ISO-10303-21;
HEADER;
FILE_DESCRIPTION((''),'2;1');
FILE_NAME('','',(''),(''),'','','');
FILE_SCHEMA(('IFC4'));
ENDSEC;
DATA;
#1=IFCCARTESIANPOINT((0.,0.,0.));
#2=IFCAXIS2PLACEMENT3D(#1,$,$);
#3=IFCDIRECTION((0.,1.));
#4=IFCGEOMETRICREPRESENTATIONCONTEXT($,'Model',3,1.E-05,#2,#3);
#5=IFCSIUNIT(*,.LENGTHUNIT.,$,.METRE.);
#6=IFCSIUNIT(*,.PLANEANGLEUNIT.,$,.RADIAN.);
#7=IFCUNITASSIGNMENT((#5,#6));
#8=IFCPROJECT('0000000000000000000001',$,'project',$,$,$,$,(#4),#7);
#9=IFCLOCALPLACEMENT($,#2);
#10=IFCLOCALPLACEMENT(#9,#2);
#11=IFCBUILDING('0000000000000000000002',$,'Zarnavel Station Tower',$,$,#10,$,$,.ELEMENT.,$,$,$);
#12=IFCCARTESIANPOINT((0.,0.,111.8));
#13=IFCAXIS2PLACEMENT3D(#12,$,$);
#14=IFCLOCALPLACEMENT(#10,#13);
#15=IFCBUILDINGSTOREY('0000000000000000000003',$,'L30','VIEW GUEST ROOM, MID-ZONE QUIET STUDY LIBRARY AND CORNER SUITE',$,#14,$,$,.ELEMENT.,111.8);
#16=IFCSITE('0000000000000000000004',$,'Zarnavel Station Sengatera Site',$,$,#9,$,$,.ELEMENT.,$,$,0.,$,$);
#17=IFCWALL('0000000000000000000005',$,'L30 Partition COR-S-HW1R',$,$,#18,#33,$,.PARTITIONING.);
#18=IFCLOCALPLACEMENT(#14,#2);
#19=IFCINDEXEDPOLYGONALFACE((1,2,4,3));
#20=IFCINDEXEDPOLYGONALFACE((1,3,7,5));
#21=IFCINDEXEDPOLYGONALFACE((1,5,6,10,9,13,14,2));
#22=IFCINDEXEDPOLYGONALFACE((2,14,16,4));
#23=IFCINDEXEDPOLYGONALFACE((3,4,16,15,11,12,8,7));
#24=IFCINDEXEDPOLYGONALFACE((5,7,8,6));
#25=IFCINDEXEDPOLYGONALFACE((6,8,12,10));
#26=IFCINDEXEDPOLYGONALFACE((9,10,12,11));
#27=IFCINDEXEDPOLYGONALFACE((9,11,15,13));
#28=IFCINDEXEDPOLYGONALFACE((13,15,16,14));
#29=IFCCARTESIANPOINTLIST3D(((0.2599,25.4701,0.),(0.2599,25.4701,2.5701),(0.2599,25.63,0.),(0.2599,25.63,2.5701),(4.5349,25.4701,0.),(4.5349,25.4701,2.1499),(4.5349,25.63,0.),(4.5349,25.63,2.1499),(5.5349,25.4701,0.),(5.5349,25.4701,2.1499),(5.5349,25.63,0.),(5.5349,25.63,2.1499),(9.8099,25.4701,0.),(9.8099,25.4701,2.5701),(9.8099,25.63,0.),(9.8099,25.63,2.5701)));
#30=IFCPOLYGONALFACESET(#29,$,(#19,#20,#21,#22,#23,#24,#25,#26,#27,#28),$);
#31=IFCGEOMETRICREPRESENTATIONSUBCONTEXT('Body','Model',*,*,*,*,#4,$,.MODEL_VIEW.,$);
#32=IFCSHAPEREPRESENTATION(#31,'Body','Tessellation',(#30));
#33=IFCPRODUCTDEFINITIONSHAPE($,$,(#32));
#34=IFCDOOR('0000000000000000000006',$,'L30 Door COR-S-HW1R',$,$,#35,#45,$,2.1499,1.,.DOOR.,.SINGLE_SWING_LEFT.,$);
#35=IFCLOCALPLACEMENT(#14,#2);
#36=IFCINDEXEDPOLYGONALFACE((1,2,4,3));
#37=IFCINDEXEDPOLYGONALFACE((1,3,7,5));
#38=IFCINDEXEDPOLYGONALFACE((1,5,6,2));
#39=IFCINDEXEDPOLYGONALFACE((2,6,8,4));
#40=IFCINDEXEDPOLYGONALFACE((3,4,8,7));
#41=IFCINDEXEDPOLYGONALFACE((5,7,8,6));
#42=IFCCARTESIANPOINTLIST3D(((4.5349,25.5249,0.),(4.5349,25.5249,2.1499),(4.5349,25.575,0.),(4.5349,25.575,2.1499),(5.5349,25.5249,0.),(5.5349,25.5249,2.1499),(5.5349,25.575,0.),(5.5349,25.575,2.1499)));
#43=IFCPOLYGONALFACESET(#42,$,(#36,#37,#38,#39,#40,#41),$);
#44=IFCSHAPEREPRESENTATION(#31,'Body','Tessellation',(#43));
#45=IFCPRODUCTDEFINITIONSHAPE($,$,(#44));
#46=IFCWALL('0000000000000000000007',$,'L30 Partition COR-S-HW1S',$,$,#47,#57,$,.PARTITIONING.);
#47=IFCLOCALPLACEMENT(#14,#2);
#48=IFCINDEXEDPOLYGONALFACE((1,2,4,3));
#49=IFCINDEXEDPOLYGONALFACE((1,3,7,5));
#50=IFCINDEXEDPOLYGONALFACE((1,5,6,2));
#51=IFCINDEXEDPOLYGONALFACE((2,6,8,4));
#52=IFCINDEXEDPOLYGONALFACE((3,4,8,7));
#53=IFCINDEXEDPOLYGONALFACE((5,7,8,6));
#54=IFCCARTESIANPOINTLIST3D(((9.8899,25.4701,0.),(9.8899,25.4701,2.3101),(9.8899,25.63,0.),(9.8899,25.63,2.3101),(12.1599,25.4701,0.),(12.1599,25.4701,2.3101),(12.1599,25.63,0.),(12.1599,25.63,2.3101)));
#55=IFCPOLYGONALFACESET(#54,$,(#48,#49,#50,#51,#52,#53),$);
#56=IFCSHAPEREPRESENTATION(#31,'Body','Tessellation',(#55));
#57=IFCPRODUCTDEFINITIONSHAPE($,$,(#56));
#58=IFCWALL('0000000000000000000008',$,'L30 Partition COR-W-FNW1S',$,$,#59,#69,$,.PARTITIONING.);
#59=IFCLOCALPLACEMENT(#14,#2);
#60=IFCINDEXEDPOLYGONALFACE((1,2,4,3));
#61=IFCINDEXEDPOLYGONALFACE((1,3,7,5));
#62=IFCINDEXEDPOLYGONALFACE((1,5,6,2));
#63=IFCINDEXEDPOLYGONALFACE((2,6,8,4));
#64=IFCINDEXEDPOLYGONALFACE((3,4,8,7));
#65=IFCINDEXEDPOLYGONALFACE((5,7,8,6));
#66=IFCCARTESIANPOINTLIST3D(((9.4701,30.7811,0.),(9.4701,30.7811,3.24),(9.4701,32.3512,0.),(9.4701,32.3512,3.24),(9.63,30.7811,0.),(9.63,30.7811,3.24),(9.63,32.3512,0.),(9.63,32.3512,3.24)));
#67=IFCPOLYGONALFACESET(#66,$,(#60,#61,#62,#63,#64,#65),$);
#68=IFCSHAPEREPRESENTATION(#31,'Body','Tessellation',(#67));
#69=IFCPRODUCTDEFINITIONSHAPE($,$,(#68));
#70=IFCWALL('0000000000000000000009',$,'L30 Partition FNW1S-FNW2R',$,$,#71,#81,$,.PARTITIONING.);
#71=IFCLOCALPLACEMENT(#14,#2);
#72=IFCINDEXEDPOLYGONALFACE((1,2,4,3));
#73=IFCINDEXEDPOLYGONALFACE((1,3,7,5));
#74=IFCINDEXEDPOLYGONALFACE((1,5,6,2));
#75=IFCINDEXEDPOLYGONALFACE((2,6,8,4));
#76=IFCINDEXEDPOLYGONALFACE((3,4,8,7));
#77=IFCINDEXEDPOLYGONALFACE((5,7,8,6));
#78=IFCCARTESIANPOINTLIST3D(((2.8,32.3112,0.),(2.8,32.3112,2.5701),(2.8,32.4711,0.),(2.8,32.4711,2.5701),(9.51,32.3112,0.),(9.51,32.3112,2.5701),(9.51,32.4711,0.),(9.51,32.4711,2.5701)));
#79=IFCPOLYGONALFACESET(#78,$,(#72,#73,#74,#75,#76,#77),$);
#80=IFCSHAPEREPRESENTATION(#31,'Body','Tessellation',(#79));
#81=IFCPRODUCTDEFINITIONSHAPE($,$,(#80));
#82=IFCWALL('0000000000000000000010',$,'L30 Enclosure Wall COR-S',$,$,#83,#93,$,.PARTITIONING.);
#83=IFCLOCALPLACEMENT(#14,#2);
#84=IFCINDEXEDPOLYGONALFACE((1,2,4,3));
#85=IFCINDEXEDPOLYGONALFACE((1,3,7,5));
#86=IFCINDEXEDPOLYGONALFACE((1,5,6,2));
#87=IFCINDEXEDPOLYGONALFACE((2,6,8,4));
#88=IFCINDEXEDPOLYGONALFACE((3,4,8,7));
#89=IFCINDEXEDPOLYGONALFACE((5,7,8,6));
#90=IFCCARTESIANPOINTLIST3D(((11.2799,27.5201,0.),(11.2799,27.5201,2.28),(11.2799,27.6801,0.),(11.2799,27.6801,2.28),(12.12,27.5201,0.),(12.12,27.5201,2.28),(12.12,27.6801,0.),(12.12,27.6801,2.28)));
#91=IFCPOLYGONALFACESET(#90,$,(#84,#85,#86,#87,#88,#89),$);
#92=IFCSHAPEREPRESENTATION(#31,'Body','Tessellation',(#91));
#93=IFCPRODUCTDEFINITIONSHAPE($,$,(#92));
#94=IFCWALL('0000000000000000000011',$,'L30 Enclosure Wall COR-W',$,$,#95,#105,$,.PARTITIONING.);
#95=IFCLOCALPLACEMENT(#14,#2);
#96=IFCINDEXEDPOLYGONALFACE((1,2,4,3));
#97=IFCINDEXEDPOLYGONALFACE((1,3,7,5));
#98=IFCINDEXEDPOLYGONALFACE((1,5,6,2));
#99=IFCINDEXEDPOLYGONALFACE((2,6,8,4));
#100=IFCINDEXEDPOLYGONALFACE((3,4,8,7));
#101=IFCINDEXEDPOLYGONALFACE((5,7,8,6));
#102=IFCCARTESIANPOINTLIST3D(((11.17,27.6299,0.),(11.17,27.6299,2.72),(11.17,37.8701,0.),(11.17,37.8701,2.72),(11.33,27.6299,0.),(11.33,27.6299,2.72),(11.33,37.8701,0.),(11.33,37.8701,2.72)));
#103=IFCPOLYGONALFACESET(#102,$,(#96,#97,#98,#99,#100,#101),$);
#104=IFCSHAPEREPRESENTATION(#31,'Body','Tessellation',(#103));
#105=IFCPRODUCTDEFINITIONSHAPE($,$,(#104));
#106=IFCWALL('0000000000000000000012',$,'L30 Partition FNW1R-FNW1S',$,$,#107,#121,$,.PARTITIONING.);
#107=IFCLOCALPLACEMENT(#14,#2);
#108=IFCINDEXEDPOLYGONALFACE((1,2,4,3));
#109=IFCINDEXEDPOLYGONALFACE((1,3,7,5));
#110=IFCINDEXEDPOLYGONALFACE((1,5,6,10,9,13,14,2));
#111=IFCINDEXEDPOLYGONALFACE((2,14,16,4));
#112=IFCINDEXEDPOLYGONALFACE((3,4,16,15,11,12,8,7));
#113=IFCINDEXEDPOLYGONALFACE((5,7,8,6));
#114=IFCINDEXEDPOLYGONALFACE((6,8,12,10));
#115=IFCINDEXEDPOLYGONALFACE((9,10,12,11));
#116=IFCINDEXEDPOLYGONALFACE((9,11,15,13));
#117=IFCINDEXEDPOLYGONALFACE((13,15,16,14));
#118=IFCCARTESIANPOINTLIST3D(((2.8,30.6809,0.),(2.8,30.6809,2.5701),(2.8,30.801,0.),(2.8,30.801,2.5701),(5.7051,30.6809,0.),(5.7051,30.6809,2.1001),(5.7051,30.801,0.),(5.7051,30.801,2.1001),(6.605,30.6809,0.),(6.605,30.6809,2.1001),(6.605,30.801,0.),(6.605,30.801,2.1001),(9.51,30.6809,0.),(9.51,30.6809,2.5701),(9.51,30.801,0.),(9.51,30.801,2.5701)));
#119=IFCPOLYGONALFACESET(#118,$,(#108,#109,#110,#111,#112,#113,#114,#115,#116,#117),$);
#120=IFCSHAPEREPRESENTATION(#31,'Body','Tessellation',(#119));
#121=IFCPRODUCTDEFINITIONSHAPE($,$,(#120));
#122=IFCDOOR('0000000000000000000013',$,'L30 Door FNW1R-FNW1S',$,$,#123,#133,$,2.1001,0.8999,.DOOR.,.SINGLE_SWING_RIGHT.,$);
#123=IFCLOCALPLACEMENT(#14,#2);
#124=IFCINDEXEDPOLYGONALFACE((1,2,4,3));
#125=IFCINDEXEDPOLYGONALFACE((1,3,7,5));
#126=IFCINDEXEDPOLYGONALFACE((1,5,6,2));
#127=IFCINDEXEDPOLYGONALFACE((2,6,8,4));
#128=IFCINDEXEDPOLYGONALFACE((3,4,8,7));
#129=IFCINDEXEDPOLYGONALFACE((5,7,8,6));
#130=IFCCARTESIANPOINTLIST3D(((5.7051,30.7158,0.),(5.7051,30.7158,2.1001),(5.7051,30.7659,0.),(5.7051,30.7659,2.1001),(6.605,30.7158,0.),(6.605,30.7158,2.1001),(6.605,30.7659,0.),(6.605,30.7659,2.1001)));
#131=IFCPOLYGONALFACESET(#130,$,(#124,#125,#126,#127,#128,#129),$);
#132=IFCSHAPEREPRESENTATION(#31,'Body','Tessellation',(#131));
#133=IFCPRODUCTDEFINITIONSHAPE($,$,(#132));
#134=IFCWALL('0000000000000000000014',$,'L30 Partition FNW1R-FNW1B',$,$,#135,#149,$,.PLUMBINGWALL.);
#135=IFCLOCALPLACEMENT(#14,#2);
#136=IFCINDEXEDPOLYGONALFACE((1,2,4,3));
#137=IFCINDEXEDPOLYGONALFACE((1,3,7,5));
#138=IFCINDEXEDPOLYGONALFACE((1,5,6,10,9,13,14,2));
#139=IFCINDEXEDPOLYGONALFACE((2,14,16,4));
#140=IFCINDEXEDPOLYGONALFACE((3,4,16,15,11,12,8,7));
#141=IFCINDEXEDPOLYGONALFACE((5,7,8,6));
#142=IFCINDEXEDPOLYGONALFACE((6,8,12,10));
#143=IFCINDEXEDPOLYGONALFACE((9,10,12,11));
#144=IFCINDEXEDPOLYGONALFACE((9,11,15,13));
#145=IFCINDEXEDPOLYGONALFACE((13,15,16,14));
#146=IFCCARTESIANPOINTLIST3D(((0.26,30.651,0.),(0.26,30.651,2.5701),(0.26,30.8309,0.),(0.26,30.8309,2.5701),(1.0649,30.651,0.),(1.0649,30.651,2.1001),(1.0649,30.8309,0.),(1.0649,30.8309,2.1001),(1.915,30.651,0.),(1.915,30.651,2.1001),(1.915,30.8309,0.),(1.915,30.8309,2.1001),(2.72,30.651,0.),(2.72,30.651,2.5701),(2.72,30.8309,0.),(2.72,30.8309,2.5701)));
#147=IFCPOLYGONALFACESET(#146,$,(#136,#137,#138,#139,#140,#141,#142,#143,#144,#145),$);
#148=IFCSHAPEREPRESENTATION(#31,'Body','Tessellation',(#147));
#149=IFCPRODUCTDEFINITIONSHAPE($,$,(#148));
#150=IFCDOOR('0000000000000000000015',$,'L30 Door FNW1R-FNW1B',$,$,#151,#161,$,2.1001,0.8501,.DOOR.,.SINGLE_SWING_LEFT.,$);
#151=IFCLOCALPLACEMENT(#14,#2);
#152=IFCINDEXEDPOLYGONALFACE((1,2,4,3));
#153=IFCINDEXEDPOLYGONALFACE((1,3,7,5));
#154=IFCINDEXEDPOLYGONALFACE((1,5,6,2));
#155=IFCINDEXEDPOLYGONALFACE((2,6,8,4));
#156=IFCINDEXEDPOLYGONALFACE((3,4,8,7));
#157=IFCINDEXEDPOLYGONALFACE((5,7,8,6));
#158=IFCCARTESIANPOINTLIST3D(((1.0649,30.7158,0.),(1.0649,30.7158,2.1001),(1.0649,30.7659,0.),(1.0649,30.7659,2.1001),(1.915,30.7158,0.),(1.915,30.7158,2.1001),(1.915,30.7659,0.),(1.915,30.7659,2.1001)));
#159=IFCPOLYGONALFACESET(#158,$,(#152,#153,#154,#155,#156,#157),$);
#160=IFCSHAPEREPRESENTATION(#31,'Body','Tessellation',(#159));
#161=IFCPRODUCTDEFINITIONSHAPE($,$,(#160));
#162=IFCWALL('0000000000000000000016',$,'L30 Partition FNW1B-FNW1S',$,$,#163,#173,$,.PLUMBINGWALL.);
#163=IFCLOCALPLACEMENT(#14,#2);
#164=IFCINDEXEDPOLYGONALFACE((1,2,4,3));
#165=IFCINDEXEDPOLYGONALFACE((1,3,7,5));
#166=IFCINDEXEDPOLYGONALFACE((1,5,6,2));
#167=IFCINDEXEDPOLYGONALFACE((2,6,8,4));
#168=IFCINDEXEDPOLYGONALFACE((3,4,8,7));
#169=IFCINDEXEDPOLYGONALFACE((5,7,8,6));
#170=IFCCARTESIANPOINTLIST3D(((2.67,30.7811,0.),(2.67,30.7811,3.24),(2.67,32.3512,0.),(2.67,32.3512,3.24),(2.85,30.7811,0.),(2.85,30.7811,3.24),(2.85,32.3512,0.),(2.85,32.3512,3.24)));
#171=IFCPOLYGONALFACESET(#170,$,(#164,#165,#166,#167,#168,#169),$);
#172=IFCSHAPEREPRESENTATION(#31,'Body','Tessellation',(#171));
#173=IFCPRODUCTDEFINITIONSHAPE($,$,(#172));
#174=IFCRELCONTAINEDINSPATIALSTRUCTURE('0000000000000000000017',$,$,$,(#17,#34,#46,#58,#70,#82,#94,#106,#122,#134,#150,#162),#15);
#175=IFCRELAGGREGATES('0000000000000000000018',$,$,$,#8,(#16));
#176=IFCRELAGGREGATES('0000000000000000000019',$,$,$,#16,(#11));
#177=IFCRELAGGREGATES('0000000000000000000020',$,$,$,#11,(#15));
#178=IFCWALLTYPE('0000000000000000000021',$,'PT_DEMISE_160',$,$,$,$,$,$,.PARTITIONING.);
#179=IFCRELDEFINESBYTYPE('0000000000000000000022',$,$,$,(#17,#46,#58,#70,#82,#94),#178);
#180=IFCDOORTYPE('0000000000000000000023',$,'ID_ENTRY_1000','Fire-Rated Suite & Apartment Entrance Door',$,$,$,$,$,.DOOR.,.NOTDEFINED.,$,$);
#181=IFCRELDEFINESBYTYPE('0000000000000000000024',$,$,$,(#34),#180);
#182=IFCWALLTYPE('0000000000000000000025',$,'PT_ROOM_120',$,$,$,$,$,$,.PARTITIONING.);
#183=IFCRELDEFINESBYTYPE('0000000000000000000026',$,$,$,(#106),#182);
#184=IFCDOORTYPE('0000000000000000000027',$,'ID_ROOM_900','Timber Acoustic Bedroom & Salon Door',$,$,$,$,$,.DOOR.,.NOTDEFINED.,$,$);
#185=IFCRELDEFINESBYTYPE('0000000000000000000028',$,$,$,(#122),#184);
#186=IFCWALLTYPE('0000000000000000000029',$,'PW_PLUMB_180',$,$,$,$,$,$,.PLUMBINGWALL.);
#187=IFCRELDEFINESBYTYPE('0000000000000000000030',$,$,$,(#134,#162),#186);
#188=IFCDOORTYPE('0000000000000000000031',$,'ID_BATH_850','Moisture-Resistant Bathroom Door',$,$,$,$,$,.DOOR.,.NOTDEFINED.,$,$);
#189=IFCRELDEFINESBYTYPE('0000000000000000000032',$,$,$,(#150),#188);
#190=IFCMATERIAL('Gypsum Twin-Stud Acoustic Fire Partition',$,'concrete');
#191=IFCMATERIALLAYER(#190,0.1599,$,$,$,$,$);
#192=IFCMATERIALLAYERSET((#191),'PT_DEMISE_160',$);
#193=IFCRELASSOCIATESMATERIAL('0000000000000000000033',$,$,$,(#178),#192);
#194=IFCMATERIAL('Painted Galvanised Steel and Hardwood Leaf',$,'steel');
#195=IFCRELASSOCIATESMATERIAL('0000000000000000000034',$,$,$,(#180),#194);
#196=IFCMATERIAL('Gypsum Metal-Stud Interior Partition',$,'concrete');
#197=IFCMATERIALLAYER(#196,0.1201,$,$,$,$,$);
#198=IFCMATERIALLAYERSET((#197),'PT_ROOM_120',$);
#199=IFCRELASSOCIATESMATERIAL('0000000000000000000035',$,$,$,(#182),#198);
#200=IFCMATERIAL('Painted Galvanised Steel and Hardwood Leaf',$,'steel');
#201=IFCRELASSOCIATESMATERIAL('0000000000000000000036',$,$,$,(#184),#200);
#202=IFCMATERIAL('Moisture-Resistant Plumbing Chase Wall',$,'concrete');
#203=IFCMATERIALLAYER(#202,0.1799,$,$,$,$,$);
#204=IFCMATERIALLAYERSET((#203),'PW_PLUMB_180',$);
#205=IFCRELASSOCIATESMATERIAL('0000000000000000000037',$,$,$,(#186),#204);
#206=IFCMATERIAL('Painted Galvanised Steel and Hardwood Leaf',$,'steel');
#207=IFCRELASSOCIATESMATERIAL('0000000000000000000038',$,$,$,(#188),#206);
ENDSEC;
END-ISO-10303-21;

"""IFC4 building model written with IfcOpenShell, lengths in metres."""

from ifc_helpers import new_model, si_unit, direction, frame, frame_2d, origin, place, context, subcontext, project, spatial, rectangle, extrude, material, layer, layer_set, type_object, element, fill, save


model = new_model("IFC4")

# Units and contexts
model_context = context("Model", 3, precision=1e-05, world=origin(), true_north=direction((0.0, 1.0)))
body_context = subcontext(model_context, "Body", "Model", "MODEL_VIEW")
ifc_project = project(units=[si_unit("LENGTHUNIT", "METRE"), si_unit("PLANEANGLEUNIT", "RADIAN")], contexts=[model_context])

# Site, building, storey
site_placement = place(None, origin())
site = spatial("IfcSite", under=ifc_project, at=site_placement, Name="Zarnavel Station Sengatera Site", CompositionType="ELEMENT", RefElevation=0.0)
building_placement = place(site_placement, origin())
building = spatial("IfcBuilding", under=site, at=building_placement, Name="Zarnavel Station Tower", CompositionType="ELEMENT")
storey_placement = place(building_placement, frame((0.0, 0.0, 111.8)))
storey = spatial("IfcBuildingStorey", under=building, at=storey_placement, Name="L30", Description="VIEW GUEST ROOM, MID-ZONE QUIET STUDY LIBRARY AND CORNER SUITE", CompositionType="ELEMENT", Elevation=111.8)

# Wall, opening, door
ifc_material_1 = material(Name="Gypsum Twin-Stud Acoustic Fire Partition", Category="concrete")
ifc_layer_1 = layer(ifc_material_1, 0.1599)
ifc_layer_set_1 = layer_set([ifc_layer_1], Name="PT_DEMISE_160")
wall_type_1 = type_object("IfcWallType", Name="PT_DEMISE_160", PredefinedType="PARTITIONING", material=ifc_layer_set_1)
ifc_material_2 = material(Name="Painted Galvanised Steel and Hardwood Leaf", Category="steel")
door_type_1 = type_object("IfcDoorType", Name="ID_ENTRY_1000", Description="Fire-Rated Suite & Apartment Entrance Door", OperationType="NOTDEFINED", PredefinedType="DOOR", material=ifc_material_2)
wall_1_placement = place(storey_placement, frame((0.26, 25.55, 0.0), z_axis=(0.0, 0.0, 1.0), x_axis=(1.0, 0.0, 0.0)))
wall_1 = element("IfcWall", 1, at=wall_1_placement, inside=storey, type_object=wall_type_1, Name="L30 Partition COR-S-HW1R", PredefinedType="PARTITIONING", context=body_context, shape_type="SweptSolid", body=[
    extrude(rectangle(XDim=9.55, YDim=0.1599, at=frame_2d((4.7749, 0.0))), origin(), (0.0, 0.0, 1.0), 2.5701),
])
opening_1_placement = place(wall_1_placement, frame((4.2749, 0.0, 0.0)))
opening_1 = element("IfcOpeningElement", 2, at=opening_1_placement, cuts=wall_1, PredefinedType="OPENING", context=body_context, shape_type="SweptSolid", body=[
    extrude(rectangle(XDim=1.0, YDim=2.1499, at=frame_2d((0.5, 1.075))), frame((0.0, 0.0898, 0.0), z_axis=(0.0, -1.0, 0.0), x_axis=(1.0, 0.0, 0.0)), (0.0, 0.0, 1.0), 0.1799),
])
door_1_placement = place(opening_1_placement, origin())
door_1 = element("IfcDoor", 3, at=door_1_placement, inside=storey, type_object=door_type_1, Name="L30 Door COR-S-HW1R", OperationType="SINGLE_SWING_LEFT", OverallHeight=2.1499, OverallWidth=1.0, PredefinedType="DOOR", context=body_context, shape_type="SweptSolid", body=[
    extrude(rectangle(XDim=1.0, YDim=2.1499, at=frame_2d((0.5, 1.075))), frame((0.0, 0.0249, 0.0), z_axis=(0.0, -1.0, 0.0), x_axis=(1.0, 0.0, 0.0)), (0.0, 0.0, 1.0), 0.05),
])
fill(opening_1, door_1)

# Wall
wall_2_placement = place(storey_placement, frame((9.8899, 25.55, 0.0), z_axis=(0.0, 0.0, 1.0), x_axis=(1.0, 0.0, 0.0)))
element("IfcWall", 4, at=wall_2_placement, inside=storey, type_object=wall_type_1, Name="L30 Partition COR-S-HW1S", PredefinedType="PARTITIONING", context=body_context, shape_type="SweptSolid", body=[
    extrude(rectangle(XDim=2.27, YDim=0.1599, at=frame_2d((1.135, 0.0))), origin(), (0.0, 0.0, 1.0), 2.3101),
])

# Wall
wall_3_placement = place(storey_placement, frame((9.55, 30.781, 0.0), z_axis=(0.0, 0.0, 1.0), x_axis=(0.0, 1.0, 0.0)))
element("IfcWall", 5, at=wall_3_placement, inside=storey, type_object=wall_type_1, Name="L30 Partition COR-W-FNW1S", PredefinedType="PARTITIONING", context=body_context, shape_type="SweptSolid", body=[
    extrude(rectangle(XDim=1.5701, YDim=0.1599, at=frame_2d((0.7852, 0.0))), origin(), (0.0, 0.0, 1.0), 3.24),
])

# Walls
wall_4_placement = place(storey_placement, frame((2.8, 32.3911, 0.0), z_axis=(0.0, 0.0, 1.0), x_axis=(1.0, 0.0, 0.0)))
element("IfcWall", 6, at=wall_4_placement, inside=storey, type_object=wall_type_1, Name="L30 Partition FNW1S-FNW2R", PredefinedType="PARTITIONING", context=body_context, shape_type="SweptSolid", body=[
    extrude(rectangle(XDim=6.71, YDim=0.1599, at=frame_2d((3.355, 0.0))), origin(), (0.0, 0.0, 1.0), 2.5701),
])
wall_5_placement = place(storey_placement, frame((11.28, 27.6001, 0.0), z_axis=(0.0, 0.0, 1.0), x_axis=(1.0, 0.0, 0.0)))
element("IfcWall", 7, at=wall_5_placement, inside=storey, type_object=wall_type_1, Name="L30 Enclosure Wall COR-S", PredefinedType="PARTITIONING", context=body_context, shape_type="SweptSolid", body=[
    extrude(rectangle(XDim=0.8401, YDim=0.1599, at=frame_2d((0.4199, 0.0))), origin(), (0.0, 0.0, 1.0), 2.28),
])
wall_6_placement = place(storey_placement, frame((11.25, 27.6299, 0.0), z_axis=(0.0, 0.0, 1.0), x_axis=(0.0, 1.0, 0.0)))
element("IfcWall", 8, at=wall_6_placement, inside=storey, type_object=wall_type_1, Name="L30 Enclosure Wall COR-W", PredefinedType="PARTITIONING", context=body_context, shape_type="SweptSolid", body=[
    extrude(rectangle(XDim=10.2402, YDim=0.1599, at=frame_2d((5.1201, 0.0))), origin(), (0.0, 0.0, 1.0), 2.72),
])

# Walls, openings, doors
ifc_material_3 = material(Name="Gypsum Metal-Stud Interior Partition", Category="concrete")
ifc_layer_2 = layer(ifc_material_3, 0.1201)
ifc_layer_set_2 = layer_set([ifc_layer_2], Name="PT_ROOM_120")
wall_type_2 = type_object("IfcWallType", Name="PT_ROOM_120", PredefinedType="PARTITIONING", material=ifc_layer_set_2)
wall_7_placement = place(storey_placement, frame((2.8, 30.741, 0.0), z_axis=(0.0, 0.0, 1.0), x_axis=(1.0, 0.0, 0.0)))
wall_7 = element("IfcWall", 9, at=wall_7_placement, inside=storey, type_object=wall_type_2, Name="L30 Partition FNW1R-FNW1S", PredefinedType="PARTITIONING", context=body_context, shape_type="SweptSolid", body=[
    extrude(rectangle(XDim=6.71, YDim=0.1201, at=frame_2d((3.355, 0.0))), origin(), (0.0, 0.0, 1.0), 2.5701),
])
opening_2_placement = place(wall_7_placement, frame((2.905, 0.0, 0.0)))
opening_2 = element("IfcOpeningElement", 10, at=opening_2_placement, cuts=wall_7, PredefinedType="OPENING", context=body_context, shape_type="SweptSolid", body=[
    extrude(rectangle(XDim=0.8999, YDim=2.1001, at=frame_2d((0.45, 1.05))), frame((0.0, 0.0701, 0.0), z_axis=(0.0, -1.0, 0.0), x_axis=(1.0, 0.0, 0.0)), (0.0, 0.0, 1.0), 0.1401),
])
ifc_material_4 = material(Name="Painted Galvanised Steel and Hardwood Leaf", Category="steel")
door_type_2 = type_object("IfcDoorType", Name="ID_ROOM_900", Description="Timber Acoustic Bedroom & Salon Door", OperationType="NOTDEFINED", PredefinedType="DOOR", material=ifc_material_4)
door_2_placement = place(opening_2_placement, origin())
door_2 = element("IfcDoor", 11, at=door_2_placement, inside=storey, type_object=door_type_2, Name="L30 Door FNW1R-FNW1S", OperationType="SINGLE_SWING_RIGHT", OverallHeight=2.1001, OverallWidth=0.8999, PredefinedType="DOOR", context=body_context, shape_type="SweptSolid", body=[
    extrude(rectangle(XDim=0.8999, YDim=2.1001, at=frame_2d((0.45, 1.05))), frame((0.0, 0.0249, 0.0), z_axis=(0.0, -1.0, 0.0), x_axis=(1.0, 0.0, 0.0)), (0.0, 0.0, 1.0), 0.05),
])
fill(opening_2, door_2)
ifc_material_5 = material(Name="Moisture-Resistant Plumbing Chase Wall", Category="concrete")
ifc_layer_3 = layer(ifc_material_5, 0.1799)
ifc_layer_set_3 = layer_set([ifc_layer_3], Name="PW_PLUMB_180")
wall_type_3 = type_object("IfcWallType", Name="PW_PLUMB_180", PredefinedType="PLUMBINGWALL", material=ifc_layer_set_3)
wall_8_placement = place(storey_placement, frame((0.26, 30.741, 0.0), z_axis=(0.0, 0.0, 1.0), x_axis=(1.0, 0.0, 0.0)))
wall_8 = element("IfcWall", 12, at=wall_8_placement, inside=storey, type_object=wall_type_3, Name="L30 Partition FNW1R-FNW1B", PredefinedType="PLUMBINGWALL", context=body_context, shape_type="SweptSolid", body=[
    extrude(rectangle(XDim=2.46, YDim=0.1799, at=frame_2d((1.23, 0.0))), origin(), (0.0, 0.0, 1.0), 2.5701),
])
opening_3_placement = place(wall_8_placement, frame((0.8049, 0.0, 0.0)))
opening_3 = element("IfcOpeningElement", 13, at=opening_3_placement, cuts=wall_8, PredefinedType="OPENING", context=body_context, shape_type="SweptSolid", body=[
    extrude(rectangle(XDim=0.8501, YDim=2.1001, at=frame_2d((0.425, 1.05))), frame((0.0, 0.0999, 0.0), z_axis=(0.0, -1.0, 0.0), x_axis=(1.0, 0.0, 0.0)), (0.0, 0.0, 1.0), 0.2),
])
ifc_material_6 = material(Name="Painted Galvanised Steel and Hardwood Leaf", Category="steel")
door_type_3 = type_object("IfcDoorType", Name="ID_BATH_850", Description="Moisture-Resistant Bathroom Door", OperationType="NOTDEFINED", PredefinedType="DOOR", material=ifc_material_6)
door_3_placement = place(opening_3_placement, origin())
door_3 = element("IfcDoor", 14, at=door_3_placement, inside=storey, type_object=door_type_3, Name="L30 Door FNW1R-FNW1B", OperationType="SINGLE_SWING_LEFT", OverallHeight=2.1001, OverallWidth=0.8501, PredefinedType="DOOR", context=body_context, shape_type="SweptSolid", body=[
    extrude(rectangle(XDim=0.8501, YDim=2.1001, at=frame_2d((0.425, 1.05))), frame((0.0, 0.0249, 0.0), z_axis=(0.0, -1.0, 0.0), x_axis=(1.0, 0.0, 0.0)), (0.0, 0.0, 1.0), 0.05),
])
fill(opening_3, door_3)

# Wall
wall_9_placement = place(storey_placement, frame((2.76, 30.781, 0.0), z_axis=(0.0, 0.0, 1.0), x_axis=(0.0, 1.0, 0.0)))
element("IfcWall", 15, at=wall_9_placement, inside=storey, type_object=wall_type_3, Name="L30 Partition FNW1B-FNW1S", PredefinedType="PLUMBINGWALL", context=body_context, shape_type="SweptSolid", body=[
    extrude(rectangle(XDim=1.5701, YDim=0.1799, at=frame_2d((0.7852, 0.0))), origin(), (0.0, 0.0, 1.0), 3.24),
])

save(model, "model.ifc")
